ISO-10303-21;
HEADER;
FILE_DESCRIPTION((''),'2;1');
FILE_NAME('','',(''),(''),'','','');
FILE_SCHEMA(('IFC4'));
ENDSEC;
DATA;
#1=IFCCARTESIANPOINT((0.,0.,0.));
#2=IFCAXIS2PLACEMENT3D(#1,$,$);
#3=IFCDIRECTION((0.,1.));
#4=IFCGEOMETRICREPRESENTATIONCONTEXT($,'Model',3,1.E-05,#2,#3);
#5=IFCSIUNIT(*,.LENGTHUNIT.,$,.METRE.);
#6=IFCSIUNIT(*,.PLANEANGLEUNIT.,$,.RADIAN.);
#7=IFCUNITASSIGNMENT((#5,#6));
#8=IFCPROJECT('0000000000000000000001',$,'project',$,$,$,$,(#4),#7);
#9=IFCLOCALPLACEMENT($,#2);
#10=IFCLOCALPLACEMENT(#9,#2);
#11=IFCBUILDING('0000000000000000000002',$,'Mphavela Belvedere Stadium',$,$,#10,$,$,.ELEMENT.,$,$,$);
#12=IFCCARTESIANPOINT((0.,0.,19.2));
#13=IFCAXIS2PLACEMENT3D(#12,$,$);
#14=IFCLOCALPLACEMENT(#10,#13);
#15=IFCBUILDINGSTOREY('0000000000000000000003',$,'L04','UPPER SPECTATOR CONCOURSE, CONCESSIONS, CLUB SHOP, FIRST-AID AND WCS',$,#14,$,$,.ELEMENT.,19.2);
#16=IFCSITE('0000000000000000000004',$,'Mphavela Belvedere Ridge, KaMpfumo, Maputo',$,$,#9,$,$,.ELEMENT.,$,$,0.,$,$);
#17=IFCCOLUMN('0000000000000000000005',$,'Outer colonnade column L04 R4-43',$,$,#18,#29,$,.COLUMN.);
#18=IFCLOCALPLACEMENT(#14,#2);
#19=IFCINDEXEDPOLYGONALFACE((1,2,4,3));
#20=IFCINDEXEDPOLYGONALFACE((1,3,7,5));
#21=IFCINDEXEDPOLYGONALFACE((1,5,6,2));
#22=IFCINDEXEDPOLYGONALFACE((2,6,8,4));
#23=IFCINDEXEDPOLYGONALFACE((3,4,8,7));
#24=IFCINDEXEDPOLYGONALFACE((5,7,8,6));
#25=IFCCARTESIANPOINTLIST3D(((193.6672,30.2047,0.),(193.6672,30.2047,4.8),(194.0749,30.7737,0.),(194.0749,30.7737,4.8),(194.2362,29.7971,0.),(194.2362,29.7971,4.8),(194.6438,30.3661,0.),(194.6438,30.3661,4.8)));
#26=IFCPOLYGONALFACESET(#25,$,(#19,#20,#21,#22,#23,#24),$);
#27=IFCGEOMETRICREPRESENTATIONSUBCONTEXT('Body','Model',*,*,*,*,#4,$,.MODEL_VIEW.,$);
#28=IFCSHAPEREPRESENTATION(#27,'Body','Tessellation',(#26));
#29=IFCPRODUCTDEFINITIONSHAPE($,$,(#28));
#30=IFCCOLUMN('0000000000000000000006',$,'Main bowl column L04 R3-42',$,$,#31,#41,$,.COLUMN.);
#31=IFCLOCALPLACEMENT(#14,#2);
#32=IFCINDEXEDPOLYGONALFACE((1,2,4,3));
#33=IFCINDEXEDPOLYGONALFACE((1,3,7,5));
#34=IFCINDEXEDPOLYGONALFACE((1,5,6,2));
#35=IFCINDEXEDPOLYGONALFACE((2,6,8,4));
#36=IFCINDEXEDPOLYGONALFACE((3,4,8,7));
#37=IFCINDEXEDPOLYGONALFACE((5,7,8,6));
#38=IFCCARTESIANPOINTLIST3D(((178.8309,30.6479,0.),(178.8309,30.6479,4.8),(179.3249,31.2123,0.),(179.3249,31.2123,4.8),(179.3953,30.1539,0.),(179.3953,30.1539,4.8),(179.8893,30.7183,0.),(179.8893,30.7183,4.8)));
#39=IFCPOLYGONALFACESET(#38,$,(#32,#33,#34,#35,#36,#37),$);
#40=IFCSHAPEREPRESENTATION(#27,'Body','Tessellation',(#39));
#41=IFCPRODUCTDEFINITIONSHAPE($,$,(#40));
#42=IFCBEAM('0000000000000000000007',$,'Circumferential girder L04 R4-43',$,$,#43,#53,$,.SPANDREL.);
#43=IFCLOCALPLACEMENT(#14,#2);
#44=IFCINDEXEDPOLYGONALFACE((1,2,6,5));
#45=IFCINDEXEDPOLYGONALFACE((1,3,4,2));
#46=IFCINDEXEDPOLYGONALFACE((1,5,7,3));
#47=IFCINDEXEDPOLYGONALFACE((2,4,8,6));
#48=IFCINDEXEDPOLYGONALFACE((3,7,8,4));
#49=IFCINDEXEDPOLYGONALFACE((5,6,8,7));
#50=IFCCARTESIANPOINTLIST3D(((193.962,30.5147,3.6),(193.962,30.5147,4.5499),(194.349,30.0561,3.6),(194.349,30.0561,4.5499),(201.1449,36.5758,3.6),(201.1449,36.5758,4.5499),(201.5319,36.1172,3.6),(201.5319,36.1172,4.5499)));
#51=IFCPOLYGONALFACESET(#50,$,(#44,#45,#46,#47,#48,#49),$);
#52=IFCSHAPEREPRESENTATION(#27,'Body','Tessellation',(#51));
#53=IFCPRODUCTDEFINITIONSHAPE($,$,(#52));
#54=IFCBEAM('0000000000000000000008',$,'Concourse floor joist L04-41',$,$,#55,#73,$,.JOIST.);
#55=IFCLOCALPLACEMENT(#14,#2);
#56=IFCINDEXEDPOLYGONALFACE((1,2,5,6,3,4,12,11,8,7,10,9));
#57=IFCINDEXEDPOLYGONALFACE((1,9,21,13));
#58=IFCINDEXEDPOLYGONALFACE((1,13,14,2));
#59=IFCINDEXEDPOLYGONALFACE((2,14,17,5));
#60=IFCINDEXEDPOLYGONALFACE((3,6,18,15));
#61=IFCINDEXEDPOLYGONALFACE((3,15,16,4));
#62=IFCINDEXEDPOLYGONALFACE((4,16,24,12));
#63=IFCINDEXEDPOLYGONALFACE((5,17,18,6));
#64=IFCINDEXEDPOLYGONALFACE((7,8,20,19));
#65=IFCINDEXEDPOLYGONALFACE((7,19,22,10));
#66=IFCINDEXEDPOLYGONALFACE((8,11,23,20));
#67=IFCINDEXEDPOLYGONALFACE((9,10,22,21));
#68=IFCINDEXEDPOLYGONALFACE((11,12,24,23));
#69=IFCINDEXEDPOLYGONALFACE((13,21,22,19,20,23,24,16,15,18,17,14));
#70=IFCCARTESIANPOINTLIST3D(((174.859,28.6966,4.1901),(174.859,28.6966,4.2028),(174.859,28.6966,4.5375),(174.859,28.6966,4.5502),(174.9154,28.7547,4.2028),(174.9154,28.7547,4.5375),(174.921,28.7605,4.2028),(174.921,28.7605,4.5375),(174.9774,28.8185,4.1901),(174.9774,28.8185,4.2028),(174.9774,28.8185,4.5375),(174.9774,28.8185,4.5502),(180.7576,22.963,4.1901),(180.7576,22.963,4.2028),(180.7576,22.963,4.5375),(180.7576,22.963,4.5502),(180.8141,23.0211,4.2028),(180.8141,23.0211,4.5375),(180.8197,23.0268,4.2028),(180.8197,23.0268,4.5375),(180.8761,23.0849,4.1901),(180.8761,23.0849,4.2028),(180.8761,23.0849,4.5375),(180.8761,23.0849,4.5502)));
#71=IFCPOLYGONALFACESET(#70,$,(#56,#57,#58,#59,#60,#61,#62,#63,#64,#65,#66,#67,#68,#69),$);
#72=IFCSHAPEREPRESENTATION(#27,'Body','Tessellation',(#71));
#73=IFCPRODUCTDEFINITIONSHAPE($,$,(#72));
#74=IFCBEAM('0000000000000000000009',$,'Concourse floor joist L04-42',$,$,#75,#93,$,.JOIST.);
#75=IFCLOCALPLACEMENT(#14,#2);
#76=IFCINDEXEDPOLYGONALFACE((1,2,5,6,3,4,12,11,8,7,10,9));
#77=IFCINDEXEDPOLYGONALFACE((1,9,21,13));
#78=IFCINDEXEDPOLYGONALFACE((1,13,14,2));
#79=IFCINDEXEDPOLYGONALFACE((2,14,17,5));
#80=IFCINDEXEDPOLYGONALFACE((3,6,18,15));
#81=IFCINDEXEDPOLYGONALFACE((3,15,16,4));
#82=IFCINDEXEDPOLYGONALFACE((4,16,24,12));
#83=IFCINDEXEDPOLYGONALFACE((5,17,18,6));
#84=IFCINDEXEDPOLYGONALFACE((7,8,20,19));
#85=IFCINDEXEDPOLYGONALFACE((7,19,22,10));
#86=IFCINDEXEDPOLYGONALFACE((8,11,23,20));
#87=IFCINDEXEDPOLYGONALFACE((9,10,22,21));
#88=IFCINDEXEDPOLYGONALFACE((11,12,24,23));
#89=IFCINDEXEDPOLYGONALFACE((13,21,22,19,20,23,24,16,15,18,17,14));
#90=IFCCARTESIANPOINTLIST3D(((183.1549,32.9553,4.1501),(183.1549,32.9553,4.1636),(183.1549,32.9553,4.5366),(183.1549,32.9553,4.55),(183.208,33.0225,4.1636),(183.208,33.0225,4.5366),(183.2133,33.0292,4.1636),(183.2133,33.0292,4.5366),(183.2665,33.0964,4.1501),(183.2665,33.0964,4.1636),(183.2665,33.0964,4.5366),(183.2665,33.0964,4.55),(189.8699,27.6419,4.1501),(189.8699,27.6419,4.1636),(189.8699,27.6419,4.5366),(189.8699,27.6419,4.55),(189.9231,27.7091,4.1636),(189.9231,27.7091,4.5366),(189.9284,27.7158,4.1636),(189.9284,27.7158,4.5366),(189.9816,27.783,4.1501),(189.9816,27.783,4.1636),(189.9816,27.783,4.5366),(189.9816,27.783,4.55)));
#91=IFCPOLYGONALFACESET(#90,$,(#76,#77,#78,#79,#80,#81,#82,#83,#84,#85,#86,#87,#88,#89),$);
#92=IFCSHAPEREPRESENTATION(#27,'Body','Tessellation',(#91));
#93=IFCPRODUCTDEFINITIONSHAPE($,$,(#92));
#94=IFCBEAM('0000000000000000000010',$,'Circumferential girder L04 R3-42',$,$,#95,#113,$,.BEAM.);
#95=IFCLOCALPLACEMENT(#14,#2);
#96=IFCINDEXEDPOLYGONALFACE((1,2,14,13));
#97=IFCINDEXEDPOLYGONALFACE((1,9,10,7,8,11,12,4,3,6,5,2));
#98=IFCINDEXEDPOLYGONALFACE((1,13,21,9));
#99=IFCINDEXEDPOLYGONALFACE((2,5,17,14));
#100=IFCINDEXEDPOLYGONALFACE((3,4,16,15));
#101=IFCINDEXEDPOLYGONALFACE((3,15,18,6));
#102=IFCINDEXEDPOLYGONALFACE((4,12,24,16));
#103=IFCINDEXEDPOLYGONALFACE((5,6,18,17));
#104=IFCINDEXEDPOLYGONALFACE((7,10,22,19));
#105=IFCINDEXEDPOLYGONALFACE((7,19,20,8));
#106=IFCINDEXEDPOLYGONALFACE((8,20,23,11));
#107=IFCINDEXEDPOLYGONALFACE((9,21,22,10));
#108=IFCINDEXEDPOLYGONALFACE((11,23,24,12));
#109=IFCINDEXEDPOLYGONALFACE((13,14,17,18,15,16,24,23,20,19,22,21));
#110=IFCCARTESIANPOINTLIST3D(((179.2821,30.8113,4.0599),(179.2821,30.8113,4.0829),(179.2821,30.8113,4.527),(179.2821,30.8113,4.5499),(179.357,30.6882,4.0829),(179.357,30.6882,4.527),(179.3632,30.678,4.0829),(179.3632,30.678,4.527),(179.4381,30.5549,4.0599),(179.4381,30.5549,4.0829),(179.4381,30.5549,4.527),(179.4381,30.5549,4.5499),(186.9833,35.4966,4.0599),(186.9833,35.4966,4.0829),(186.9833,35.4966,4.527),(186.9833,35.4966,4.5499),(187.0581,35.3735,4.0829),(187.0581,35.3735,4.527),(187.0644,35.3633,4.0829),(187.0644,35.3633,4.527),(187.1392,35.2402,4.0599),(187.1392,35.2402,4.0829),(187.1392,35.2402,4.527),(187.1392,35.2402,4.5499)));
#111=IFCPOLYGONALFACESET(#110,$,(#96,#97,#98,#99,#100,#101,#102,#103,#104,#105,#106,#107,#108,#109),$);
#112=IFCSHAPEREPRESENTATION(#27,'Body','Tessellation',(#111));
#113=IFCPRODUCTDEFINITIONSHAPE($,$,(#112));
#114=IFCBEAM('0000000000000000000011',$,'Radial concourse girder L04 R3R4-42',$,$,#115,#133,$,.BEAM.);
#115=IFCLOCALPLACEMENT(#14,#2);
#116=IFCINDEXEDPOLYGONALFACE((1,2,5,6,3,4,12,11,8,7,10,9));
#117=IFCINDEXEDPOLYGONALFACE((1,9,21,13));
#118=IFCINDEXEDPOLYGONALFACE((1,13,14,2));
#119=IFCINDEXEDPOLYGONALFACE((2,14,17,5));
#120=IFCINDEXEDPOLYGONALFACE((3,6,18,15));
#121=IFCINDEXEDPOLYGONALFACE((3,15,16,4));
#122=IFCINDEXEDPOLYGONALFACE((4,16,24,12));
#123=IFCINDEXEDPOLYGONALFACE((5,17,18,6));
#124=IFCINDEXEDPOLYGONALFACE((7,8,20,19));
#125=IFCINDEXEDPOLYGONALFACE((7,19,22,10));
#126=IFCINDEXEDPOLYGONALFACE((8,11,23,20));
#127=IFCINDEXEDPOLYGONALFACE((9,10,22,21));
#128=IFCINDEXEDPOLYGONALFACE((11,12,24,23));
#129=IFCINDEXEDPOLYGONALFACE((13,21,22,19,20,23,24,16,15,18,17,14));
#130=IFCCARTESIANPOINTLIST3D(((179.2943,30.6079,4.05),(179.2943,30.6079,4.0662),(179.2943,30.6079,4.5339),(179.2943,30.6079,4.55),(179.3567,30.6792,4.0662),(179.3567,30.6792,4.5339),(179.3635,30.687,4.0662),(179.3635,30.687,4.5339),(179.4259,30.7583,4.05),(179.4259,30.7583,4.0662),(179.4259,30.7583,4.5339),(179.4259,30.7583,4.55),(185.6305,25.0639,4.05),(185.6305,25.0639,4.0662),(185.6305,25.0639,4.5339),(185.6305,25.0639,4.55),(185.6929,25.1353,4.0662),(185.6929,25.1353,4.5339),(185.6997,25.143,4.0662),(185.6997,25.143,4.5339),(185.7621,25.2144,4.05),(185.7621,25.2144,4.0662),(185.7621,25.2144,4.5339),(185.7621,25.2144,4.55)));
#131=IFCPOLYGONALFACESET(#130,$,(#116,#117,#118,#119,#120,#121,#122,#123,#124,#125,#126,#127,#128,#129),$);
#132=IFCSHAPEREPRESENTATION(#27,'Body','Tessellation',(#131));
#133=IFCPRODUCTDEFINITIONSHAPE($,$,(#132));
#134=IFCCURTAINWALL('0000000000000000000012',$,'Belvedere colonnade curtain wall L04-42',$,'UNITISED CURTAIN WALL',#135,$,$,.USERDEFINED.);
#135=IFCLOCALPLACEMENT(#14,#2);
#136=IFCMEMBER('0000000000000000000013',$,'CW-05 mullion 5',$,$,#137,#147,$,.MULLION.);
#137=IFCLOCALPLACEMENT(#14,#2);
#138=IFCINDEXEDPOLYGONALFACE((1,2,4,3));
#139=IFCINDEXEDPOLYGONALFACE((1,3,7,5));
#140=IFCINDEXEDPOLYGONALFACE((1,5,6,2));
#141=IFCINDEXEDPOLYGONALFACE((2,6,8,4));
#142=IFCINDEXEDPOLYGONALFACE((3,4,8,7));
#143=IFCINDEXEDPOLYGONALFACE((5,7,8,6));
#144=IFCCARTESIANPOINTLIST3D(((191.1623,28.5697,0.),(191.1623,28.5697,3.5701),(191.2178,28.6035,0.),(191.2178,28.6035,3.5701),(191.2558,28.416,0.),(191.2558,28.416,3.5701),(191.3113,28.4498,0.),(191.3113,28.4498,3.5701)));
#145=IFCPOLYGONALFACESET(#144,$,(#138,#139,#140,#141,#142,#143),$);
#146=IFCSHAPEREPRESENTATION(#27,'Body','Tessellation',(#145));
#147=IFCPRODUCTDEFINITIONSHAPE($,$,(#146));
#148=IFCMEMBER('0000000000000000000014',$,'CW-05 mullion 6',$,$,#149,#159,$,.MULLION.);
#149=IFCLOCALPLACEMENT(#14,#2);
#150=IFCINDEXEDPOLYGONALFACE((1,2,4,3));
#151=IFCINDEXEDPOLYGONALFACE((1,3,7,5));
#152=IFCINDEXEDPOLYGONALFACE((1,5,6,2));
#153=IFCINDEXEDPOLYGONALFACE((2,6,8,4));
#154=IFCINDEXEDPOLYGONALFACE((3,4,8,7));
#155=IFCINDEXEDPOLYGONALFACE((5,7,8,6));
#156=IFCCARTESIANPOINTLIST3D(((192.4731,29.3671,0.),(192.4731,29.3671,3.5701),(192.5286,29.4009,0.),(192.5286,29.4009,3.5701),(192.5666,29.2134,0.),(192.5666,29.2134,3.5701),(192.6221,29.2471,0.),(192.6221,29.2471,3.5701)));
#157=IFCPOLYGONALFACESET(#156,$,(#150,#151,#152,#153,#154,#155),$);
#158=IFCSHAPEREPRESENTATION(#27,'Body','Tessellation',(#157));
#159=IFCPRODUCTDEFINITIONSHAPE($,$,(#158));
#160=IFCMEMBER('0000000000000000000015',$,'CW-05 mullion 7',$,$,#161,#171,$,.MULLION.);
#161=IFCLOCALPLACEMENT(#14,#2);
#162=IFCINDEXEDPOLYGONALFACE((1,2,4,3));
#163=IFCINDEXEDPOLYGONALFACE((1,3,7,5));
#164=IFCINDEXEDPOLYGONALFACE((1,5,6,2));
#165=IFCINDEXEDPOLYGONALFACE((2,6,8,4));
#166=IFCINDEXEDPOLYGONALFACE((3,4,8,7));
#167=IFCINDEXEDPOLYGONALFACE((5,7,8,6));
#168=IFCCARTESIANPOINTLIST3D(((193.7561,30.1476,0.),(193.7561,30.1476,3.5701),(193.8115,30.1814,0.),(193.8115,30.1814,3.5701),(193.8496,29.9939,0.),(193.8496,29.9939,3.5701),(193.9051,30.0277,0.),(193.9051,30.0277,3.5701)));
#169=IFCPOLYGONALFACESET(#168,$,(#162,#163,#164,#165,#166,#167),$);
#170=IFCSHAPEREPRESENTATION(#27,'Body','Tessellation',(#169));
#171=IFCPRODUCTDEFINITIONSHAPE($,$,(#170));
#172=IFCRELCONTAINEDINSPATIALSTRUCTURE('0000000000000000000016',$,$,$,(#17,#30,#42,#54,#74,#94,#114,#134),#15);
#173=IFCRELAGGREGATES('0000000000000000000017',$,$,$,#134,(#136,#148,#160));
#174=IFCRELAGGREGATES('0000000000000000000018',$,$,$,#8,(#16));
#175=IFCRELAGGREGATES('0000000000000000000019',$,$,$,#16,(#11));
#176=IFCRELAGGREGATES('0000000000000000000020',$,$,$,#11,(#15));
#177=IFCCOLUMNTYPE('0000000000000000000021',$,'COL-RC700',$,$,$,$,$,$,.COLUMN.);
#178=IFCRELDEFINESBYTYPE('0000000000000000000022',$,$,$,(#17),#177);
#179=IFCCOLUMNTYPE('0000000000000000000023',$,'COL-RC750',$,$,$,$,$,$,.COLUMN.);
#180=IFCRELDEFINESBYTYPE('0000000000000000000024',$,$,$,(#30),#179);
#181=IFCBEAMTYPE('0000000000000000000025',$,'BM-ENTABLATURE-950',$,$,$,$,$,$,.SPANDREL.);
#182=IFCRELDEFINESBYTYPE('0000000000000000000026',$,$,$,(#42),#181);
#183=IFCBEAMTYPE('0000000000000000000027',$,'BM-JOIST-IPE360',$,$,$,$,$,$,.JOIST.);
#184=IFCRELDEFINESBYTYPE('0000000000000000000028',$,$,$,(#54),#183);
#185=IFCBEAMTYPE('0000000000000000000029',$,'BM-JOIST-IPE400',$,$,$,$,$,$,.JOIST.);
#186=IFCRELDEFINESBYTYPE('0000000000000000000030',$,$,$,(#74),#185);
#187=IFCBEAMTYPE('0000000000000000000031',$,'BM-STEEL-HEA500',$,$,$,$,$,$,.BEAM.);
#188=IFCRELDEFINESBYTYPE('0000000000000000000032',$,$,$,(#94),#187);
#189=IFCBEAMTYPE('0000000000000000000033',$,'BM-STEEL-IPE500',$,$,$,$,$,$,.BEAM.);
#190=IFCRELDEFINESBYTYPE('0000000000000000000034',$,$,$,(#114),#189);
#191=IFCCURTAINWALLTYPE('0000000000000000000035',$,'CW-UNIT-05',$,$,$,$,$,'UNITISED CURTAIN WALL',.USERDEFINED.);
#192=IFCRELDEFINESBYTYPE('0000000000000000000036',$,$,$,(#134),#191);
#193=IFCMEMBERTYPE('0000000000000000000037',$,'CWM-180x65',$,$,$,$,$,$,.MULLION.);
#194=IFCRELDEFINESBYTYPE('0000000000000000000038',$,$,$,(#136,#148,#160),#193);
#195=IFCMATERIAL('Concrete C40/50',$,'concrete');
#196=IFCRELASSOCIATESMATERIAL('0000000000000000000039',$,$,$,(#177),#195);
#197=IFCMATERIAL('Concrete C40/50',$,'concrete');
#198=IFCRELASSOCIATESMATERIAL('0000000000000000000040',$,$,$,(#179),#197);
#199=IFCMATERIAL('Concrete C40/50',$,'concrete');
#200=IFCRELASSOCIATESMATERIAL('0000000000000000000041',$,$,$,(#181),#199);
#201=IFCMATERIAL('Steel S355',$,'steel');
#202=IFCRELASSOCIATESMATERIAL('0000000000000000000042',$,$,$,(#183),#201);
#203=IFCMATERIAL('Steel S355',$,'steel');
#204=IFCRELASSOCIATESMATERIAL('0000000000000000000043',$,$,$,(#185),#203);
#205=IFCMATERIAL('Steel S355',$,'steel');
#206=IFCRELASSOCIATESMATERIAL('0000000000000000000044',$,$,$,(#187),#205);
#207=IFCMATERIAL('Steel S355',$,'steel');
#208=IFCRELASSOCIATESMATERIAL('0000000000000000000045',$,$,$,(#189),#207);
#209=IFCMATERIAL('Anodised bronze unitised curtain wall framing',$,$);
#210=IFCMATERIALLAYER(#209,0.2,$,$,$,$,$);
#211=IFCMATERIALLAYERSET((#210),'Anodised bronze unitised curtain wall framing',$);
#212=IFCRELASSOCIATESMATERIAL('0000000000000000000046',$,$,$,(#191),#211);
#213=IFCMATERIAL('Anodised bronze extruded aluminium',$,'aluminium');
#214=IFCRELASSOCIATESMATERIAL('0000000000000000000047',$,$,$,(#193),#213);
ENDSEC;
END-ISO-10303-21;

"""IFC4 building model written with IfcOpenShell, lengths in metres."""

from ifc_helpers import new_model, si_unit, direction, frame, origin, origin_2d, place, context, subcontext, project, spatial, rectangle, i_section, extrude, material, layer, layer_set, material_profile, profile_set, type_object, element, aggregate, save


model = new_model("IFC4")

# Units and contexts
model_context = context("Model", 3, precision=1e-05, world=origin(), true_north=direction((0.0, 1.0)))
body_context = subcontext(model_context, "Body", "Model", "MODEL_VIEW")
ifc_project = project(units=[si_unit("LENGTHUNIT", "METRE"), si_unit("PLANEANGLEUNIT", "RADIAN")], contexts=[model_context])

# Site, building, storey
site_placement = place(None, origin())
site = spatial("IfcSite", under=ifc_project, at=site_placement, Name="Mphavela Belvedere Ridge, KaMpfumo, Maputo", CompositionType="ELEMENT", RefElevation=0.0)
building_placement = place(site_placement, origin())
building = spatial("IfcBuilding", under=site, at=building_placement, Name="Mphavela Belvedere Stadium", CompositionType="ELEMENT")
storey_placement = place(building_placement, frame((0.0, 0.0, 19.2)))
storey = spatial("IfcBuildingStorey", under=building, at=storey_placement, Name="L04", Description="UPPER SPECTATOR CONCOURSE, CONCESSIONS, CLUB SHOP, FIRST-AID AND WCS", CompositionType="ELEMENT", Elevation=19.2)

# Columns
ifc_material_1 = material(Name="Concrete C40/50", Category="concrete")
ifc_material_profile_1 = material_profile(ifc_material_1, rectangle(XDim=0.7, YDim=0.7, at=origin_2d()), Name="RC 700x700")
ifc_profile_set_1 = profile_set([ifc_material_profile_1], Name="Concrete C40/50")
column_type_1 = type_object("IfcColumnType", Name="COL-RC700", PredefinedType="COLUMN", material=ifc_profile_set_1)
column_1_placement = place(storey_placement, frame((194.1555, 30.2854, 0.0), z_axis=(0.0, 0.0, 1.0), x_axis=(0.812898, -0.582407, 0.0)))
element("IfcColumn", 1, at=column_1_placement, inside=storey, type_object=column_type_1, Name="Outer colonnade column L04 R4-43", PredefinedType="COLUMN", context=body_context, shape_type="SweptSolid", body=[
    extrude(rectangle(XDim=0.7, YDim=0.7, at=origin_2d()), origin(), (0.0, 0.0, 1.0), 4.8),
])
ifc_material_2 = material(Name="Concrete C40/50", Category="concrete")
ifc_material_profile_2 = material_profile(ifc_material_2, rectangle(XDim=0.75, YDim=0.75, at=origin_2d()), Name="RC 750x750")
ifc_profile_set_2 = profile_set([ifc_material_profile_2], Name="Concrete C40/50")
column_type_2 = type_object("IfcColumnType", Name="COL-RC750", PredefinedType="COLUMN", material=ifc_profile_set_2)
column_2_placement = place(storey_placement, frame((179.3601, 30.6831, 0.0), z_axis=(0.0, 0.0, 1.0), x_axis=(0.75253, -0.658558, 0.0)))
element("IfcColumn", 2, at=column_2_placement, inside=storey, type_object=column_type_2, Name="Main bowl column L04 R3-42", PredefinedType="COLUMN", context=body_context, shape_type="SweptSolid", body=[
    extrude(rectangle(XDim=0.75, YDim=0.75, at=origin_2d()), origin(), (0.0, 0.0, 1.0), 4.8),
])

# Beams
ifc_material_3 = material(Name="Concrete C40/50", Category="concrete")
ifc_material_profile_3 = material_profile(ifc_material_3, rectangle(XDim=0.6001, YDim=0.95, at=origin_2d()), Name="RC 600x950")
ifc_profile_set_3 = profile_set([ifc_material_profile_3], Name="Concrete C40/50")
beam_type_1 = type_object("IfcBeamType", Name="BM-ENTABLATURE-950", PredefinedType="SPANDREL", material=ifc_profile_set_3)
beam_1_placement = place(storey_placement, frame((194.1555, 30.2854, 4.075), z_axis=(0.764265, 0.644902, 0.0), x_axis=(-0.644902, 0.764265, 0.0)))
element("IfcBeam", 3, at=beam_1_placement, inside=storey, type_object=beam_type_1, Name="Circumferential girder L04 R4-43", PredefinedType="SPANDREL", context=body_context, shape_type="SweptSolid", body=[
    extrude(rectangle(XDim=0.6001, YDim=0.95, at=origin_2d()), origin(), (0.0, 0.0, 1.0), 9.3984),
])
ifc_material_4 = material(Name="Steel S355", Category="steel")
ifc_material_profile_4 = material_profile(ifc_material_4, i_section(OverallWidth=0.1699, OverallDepth=0.3601, WebThickness=0.0081, FlangeThickness=0.0127, at=origin_2d()), Name="IPE 360")
ifc_profile_set_4 = profile_set([ifc_material_profile_4], Name="Steel S355")
beam_type_2 = type_object("IfcBeamType", Name="BM-JOIST-IPE360", PredefinedType="JOIST", material=ifc_profile_set_4)
beam_2_placement = place(storey_placement, frame((174.9182, 28.7576, 4.3701), z_axis=(0.717067, -0.697004, 0.0), x_axis=(0.697004, 0.717067, 0.0)))
element("IfcBeam", 4, at=beam_2_placement, inside=storey, type_object=beam_type_2, Name="Concourse floor joist L04-41", PredefinedType="JOIST", context=body_context, shape_type="SweptSolid", body=[
    extrude(i_section(OverallWidth=0.1699, OverallDepth=0.3601, WebThickness=0.0081, FlangeThickness=0.0127, at=origin_2d()), origin(), (0.0, 0.0, 1.0), 8.2261),
])
ifc_material_5 = material(Name="Steel S355", Category="steel")
ifc_material_profile_5 = material_profile(ifc_material_5, i_section(OverallWidth=0.1799, OverallDepth=0.3999, WebThickness=0.0085, FlangeThickness=0.0134, at=origin_2d()), Name="IPE 400")
ifc_profile_set_5 = profile_set([ifc_material_profile_5], Name="Steel S355")
beam_type_3 = type_object("IfcBeamType", Name="BM-JOIST-IPE400", PredefinedType="JOIST", material=ifc_profile_set_5)
beam_3_placement = place(storey_placement, frame((183.2107, 33.0259, 4.3501), z_axis=(0.784196, -0.620514, 0.0), x_axis=(0.620514, 0.784196, 0.0)))
element("IfcBeam", 5, at=beam_3_placement, inside=storey, type_object=beam_type_3, Name="Concourse floor joist L04-42", PredefinedType="JOIST", context=body_context, shape_type="SweptSolid", body=[
    extrude(i_section(OverallWidth=0.1799, OverallDepth=0.3999, WebThickness=0.0085, FlangeThickness=0.0134, at=origin_2d()), origin(), (0.0, 0.0, 1.0), 8.563),
])
ifc_material_6 = material(Name="Steel S355", Category="steel")
ifc_material_profile_6 = material_profile(ifc_material_6, i_section(OverallWidth=0.3, OverallDepth=0.49, WebThickness=0.012, FlangeThickness=0.0229, at=origin_2d()), Name="HEA 500")
ifc_profile_set_6 = profile_set([ifc_material_profile_6], Name="Steel S355")
beam_type_4 = type_object("IfcBeamType", Name="BM-STEEL-HEA500", PredefinedType="BEAM", material=ifc_profile_set_6)
beam_4_placement = place(storey_placement, frame((179.3601, 30.6831, 4.3049), z_axis=(0.854315, 0.519755, 0.0), x_axis=(-0.519755, 0.854315, 0.0)))
element("IfcBeam", 6, at=beam_4_placement, inside=storey, type_object=beam_type_4, Name="Circumferential girder L04 R3-42", PredefinedType="BEAM", context=body_context, shape_type="SweptSolid", body=[
    extrude(i_section(OverallWidth=0.3, OverallDepth=0.49, WebThickness=0.012, FlangeThickness=0.0229, at=origin_2d()), origin(), (0.0, 0.0, 1.0), 9.0144),
])
ifc_material_7 = material(Name="Steel S355", Category="steel")
ifc_material_profile_7 = material_profile(ifc_material_7, i_section(OverallWidth=0.2, OverallDepth=0.5, WebThickness=0.0103, FlangeThickness=0.0161, at=origin_2d()), Name="IPE 500")
ifc_profile_set_7 = profile_set([ifc_material_profile_7], Name="Steel S355")
beam_type_5 = type_object("IfcBeamType", Name="BM-STEEL-IPE500", PredefinedType="BEAM", material=ifc_profile_set_7)
beam_5_placement = place(storey_placement, frame((179.3601, 30.6831, 4.3), z_axis=(0.752589, -0.65849, 0.0), x_axis=(0.65849, 0.752589, 0.0)))
element("IfcBeam", 7, at=beam_5_placement, inside=storey, type_object=beam_type_5, Name="Radial concourse girder L04 R3R4-42", PredefinedType="BEAM", context=body_context, shape_type="SweptSolid", body=[
    extrude(i_section(OverallWidth=0.2, OverallDepth=0.5, WebThickness=0.0103, FlangeThickness=0.0161, at=origin_2d()), origin(), (0.0, 0.0, 1.0), 8.4192),
])

# Curtain wall, members
ifc_material_8 = material(Name="Anodised bronze unitised curtain wall framing")
ifc_layer_1 = layer(ifc_material_8, 0.2)
ifc_layer_set_1 = layer_set([ifc_layer_1], Name="Anodised bronze unitised curtain wall framing")
curtain_wall_type_1 = type_object("IfcCurtainWallType", Name="CW-UNIT-05", ElementType="UNITISED CURTAIN WALL", PredefinedType="USERDEFINED", material=ifc_layer_set_1)
curtain_wall_1_placement = place(storey_placement, origin())
curtain_wall_1 = element("IfcCurtainWall", 8, at=curtain_wall_1_placement, inside=storey, type_object=curtain_wall_type_1, Name="Belvedere colonnade curtain wall L04-42", ObjectType="UNITISED CURTAIN WALL", PredefinedType="USERDEFINED")
ifc_material_9 = material(Name="Anodised bronze extruded aluminium", Category="aluminium")
ifc_material_profile_8 = material_profile(ifc_material_9, rectangle(XDim=0.1799, YDim=0.0649, at=origin_2d()), Name="CW-MUL 180x65")
ifc_profile_set_8 = profile_set([ifc_material_profile_8], Name="Anodised bronze extruded aluminium")
member_type_1 = type_object("IfcMemberType", Name="CWM-180x65", PredefinedType="MULLION", material=ifc_profile_set_8)
member_1_placement = place(storey_placement, frame((191.2368, 28.5098, 0.0), z_axis=(0.0, 0.0, 1.0), x_axis=(-0.519735, 0.854327, 0.0)))
member_1 = element("IfcMember", 9, at=member_1_placement, type_object=member_type_1, Name="CW-05 mullion 5", PredefinedType="MULLION", context=body_context, shape_type="SweptSolid", body=[
    extrude(rectangle(XDim=0.1799, YDim=0.0649, at=origin_2d()), origin(), (0.0, 0.0, 1.0), 3.5701),
])
member_2_placement = place(storey_placement, frame((192.5476, 29.3071, 0.0), z_axis=(0.0, 0.0, 1.0), x_axis=(-0.519735, 0.854327, 0.0)))
member_2 = element("IfcMember", 10, at=member_2_placement, type_object=member_type_1, Name="CW-05 mullion 6", PredefinedType="MULLION", context=body_context, shape_type="SweptSolid", body=[
    extrude(rectangle(XDim=0.1799, YDim=0.0649, at=origin_2d()), origin(), (0.0, 0.0, 1.0), 3.5701),
])
member_3_placement = place(storey_placement, frame((193.8306, 30.0876, 0.0), z_axis=(0.0, 0.0, 1.0), x_axis=(-0.519735, 0.854327, 0.0)))
member_3 = element("IfcMember", 11, at=member_3_placement, type_object=member_type_1, Name="CW-05 mullion 7", PredefinedType="MULLION", context=body_context, shape_type="SweptSolid", body=[
    extrude(rectangle(XDim=0.1799, YDim=0.0649, at=origin_2d()), origin(), (0.0, 0.0, 1.0), 3.5701),
])

aggregate(curtain_wall_1, [member_1, member_2, member_3])

save(model, "model.ifc")
